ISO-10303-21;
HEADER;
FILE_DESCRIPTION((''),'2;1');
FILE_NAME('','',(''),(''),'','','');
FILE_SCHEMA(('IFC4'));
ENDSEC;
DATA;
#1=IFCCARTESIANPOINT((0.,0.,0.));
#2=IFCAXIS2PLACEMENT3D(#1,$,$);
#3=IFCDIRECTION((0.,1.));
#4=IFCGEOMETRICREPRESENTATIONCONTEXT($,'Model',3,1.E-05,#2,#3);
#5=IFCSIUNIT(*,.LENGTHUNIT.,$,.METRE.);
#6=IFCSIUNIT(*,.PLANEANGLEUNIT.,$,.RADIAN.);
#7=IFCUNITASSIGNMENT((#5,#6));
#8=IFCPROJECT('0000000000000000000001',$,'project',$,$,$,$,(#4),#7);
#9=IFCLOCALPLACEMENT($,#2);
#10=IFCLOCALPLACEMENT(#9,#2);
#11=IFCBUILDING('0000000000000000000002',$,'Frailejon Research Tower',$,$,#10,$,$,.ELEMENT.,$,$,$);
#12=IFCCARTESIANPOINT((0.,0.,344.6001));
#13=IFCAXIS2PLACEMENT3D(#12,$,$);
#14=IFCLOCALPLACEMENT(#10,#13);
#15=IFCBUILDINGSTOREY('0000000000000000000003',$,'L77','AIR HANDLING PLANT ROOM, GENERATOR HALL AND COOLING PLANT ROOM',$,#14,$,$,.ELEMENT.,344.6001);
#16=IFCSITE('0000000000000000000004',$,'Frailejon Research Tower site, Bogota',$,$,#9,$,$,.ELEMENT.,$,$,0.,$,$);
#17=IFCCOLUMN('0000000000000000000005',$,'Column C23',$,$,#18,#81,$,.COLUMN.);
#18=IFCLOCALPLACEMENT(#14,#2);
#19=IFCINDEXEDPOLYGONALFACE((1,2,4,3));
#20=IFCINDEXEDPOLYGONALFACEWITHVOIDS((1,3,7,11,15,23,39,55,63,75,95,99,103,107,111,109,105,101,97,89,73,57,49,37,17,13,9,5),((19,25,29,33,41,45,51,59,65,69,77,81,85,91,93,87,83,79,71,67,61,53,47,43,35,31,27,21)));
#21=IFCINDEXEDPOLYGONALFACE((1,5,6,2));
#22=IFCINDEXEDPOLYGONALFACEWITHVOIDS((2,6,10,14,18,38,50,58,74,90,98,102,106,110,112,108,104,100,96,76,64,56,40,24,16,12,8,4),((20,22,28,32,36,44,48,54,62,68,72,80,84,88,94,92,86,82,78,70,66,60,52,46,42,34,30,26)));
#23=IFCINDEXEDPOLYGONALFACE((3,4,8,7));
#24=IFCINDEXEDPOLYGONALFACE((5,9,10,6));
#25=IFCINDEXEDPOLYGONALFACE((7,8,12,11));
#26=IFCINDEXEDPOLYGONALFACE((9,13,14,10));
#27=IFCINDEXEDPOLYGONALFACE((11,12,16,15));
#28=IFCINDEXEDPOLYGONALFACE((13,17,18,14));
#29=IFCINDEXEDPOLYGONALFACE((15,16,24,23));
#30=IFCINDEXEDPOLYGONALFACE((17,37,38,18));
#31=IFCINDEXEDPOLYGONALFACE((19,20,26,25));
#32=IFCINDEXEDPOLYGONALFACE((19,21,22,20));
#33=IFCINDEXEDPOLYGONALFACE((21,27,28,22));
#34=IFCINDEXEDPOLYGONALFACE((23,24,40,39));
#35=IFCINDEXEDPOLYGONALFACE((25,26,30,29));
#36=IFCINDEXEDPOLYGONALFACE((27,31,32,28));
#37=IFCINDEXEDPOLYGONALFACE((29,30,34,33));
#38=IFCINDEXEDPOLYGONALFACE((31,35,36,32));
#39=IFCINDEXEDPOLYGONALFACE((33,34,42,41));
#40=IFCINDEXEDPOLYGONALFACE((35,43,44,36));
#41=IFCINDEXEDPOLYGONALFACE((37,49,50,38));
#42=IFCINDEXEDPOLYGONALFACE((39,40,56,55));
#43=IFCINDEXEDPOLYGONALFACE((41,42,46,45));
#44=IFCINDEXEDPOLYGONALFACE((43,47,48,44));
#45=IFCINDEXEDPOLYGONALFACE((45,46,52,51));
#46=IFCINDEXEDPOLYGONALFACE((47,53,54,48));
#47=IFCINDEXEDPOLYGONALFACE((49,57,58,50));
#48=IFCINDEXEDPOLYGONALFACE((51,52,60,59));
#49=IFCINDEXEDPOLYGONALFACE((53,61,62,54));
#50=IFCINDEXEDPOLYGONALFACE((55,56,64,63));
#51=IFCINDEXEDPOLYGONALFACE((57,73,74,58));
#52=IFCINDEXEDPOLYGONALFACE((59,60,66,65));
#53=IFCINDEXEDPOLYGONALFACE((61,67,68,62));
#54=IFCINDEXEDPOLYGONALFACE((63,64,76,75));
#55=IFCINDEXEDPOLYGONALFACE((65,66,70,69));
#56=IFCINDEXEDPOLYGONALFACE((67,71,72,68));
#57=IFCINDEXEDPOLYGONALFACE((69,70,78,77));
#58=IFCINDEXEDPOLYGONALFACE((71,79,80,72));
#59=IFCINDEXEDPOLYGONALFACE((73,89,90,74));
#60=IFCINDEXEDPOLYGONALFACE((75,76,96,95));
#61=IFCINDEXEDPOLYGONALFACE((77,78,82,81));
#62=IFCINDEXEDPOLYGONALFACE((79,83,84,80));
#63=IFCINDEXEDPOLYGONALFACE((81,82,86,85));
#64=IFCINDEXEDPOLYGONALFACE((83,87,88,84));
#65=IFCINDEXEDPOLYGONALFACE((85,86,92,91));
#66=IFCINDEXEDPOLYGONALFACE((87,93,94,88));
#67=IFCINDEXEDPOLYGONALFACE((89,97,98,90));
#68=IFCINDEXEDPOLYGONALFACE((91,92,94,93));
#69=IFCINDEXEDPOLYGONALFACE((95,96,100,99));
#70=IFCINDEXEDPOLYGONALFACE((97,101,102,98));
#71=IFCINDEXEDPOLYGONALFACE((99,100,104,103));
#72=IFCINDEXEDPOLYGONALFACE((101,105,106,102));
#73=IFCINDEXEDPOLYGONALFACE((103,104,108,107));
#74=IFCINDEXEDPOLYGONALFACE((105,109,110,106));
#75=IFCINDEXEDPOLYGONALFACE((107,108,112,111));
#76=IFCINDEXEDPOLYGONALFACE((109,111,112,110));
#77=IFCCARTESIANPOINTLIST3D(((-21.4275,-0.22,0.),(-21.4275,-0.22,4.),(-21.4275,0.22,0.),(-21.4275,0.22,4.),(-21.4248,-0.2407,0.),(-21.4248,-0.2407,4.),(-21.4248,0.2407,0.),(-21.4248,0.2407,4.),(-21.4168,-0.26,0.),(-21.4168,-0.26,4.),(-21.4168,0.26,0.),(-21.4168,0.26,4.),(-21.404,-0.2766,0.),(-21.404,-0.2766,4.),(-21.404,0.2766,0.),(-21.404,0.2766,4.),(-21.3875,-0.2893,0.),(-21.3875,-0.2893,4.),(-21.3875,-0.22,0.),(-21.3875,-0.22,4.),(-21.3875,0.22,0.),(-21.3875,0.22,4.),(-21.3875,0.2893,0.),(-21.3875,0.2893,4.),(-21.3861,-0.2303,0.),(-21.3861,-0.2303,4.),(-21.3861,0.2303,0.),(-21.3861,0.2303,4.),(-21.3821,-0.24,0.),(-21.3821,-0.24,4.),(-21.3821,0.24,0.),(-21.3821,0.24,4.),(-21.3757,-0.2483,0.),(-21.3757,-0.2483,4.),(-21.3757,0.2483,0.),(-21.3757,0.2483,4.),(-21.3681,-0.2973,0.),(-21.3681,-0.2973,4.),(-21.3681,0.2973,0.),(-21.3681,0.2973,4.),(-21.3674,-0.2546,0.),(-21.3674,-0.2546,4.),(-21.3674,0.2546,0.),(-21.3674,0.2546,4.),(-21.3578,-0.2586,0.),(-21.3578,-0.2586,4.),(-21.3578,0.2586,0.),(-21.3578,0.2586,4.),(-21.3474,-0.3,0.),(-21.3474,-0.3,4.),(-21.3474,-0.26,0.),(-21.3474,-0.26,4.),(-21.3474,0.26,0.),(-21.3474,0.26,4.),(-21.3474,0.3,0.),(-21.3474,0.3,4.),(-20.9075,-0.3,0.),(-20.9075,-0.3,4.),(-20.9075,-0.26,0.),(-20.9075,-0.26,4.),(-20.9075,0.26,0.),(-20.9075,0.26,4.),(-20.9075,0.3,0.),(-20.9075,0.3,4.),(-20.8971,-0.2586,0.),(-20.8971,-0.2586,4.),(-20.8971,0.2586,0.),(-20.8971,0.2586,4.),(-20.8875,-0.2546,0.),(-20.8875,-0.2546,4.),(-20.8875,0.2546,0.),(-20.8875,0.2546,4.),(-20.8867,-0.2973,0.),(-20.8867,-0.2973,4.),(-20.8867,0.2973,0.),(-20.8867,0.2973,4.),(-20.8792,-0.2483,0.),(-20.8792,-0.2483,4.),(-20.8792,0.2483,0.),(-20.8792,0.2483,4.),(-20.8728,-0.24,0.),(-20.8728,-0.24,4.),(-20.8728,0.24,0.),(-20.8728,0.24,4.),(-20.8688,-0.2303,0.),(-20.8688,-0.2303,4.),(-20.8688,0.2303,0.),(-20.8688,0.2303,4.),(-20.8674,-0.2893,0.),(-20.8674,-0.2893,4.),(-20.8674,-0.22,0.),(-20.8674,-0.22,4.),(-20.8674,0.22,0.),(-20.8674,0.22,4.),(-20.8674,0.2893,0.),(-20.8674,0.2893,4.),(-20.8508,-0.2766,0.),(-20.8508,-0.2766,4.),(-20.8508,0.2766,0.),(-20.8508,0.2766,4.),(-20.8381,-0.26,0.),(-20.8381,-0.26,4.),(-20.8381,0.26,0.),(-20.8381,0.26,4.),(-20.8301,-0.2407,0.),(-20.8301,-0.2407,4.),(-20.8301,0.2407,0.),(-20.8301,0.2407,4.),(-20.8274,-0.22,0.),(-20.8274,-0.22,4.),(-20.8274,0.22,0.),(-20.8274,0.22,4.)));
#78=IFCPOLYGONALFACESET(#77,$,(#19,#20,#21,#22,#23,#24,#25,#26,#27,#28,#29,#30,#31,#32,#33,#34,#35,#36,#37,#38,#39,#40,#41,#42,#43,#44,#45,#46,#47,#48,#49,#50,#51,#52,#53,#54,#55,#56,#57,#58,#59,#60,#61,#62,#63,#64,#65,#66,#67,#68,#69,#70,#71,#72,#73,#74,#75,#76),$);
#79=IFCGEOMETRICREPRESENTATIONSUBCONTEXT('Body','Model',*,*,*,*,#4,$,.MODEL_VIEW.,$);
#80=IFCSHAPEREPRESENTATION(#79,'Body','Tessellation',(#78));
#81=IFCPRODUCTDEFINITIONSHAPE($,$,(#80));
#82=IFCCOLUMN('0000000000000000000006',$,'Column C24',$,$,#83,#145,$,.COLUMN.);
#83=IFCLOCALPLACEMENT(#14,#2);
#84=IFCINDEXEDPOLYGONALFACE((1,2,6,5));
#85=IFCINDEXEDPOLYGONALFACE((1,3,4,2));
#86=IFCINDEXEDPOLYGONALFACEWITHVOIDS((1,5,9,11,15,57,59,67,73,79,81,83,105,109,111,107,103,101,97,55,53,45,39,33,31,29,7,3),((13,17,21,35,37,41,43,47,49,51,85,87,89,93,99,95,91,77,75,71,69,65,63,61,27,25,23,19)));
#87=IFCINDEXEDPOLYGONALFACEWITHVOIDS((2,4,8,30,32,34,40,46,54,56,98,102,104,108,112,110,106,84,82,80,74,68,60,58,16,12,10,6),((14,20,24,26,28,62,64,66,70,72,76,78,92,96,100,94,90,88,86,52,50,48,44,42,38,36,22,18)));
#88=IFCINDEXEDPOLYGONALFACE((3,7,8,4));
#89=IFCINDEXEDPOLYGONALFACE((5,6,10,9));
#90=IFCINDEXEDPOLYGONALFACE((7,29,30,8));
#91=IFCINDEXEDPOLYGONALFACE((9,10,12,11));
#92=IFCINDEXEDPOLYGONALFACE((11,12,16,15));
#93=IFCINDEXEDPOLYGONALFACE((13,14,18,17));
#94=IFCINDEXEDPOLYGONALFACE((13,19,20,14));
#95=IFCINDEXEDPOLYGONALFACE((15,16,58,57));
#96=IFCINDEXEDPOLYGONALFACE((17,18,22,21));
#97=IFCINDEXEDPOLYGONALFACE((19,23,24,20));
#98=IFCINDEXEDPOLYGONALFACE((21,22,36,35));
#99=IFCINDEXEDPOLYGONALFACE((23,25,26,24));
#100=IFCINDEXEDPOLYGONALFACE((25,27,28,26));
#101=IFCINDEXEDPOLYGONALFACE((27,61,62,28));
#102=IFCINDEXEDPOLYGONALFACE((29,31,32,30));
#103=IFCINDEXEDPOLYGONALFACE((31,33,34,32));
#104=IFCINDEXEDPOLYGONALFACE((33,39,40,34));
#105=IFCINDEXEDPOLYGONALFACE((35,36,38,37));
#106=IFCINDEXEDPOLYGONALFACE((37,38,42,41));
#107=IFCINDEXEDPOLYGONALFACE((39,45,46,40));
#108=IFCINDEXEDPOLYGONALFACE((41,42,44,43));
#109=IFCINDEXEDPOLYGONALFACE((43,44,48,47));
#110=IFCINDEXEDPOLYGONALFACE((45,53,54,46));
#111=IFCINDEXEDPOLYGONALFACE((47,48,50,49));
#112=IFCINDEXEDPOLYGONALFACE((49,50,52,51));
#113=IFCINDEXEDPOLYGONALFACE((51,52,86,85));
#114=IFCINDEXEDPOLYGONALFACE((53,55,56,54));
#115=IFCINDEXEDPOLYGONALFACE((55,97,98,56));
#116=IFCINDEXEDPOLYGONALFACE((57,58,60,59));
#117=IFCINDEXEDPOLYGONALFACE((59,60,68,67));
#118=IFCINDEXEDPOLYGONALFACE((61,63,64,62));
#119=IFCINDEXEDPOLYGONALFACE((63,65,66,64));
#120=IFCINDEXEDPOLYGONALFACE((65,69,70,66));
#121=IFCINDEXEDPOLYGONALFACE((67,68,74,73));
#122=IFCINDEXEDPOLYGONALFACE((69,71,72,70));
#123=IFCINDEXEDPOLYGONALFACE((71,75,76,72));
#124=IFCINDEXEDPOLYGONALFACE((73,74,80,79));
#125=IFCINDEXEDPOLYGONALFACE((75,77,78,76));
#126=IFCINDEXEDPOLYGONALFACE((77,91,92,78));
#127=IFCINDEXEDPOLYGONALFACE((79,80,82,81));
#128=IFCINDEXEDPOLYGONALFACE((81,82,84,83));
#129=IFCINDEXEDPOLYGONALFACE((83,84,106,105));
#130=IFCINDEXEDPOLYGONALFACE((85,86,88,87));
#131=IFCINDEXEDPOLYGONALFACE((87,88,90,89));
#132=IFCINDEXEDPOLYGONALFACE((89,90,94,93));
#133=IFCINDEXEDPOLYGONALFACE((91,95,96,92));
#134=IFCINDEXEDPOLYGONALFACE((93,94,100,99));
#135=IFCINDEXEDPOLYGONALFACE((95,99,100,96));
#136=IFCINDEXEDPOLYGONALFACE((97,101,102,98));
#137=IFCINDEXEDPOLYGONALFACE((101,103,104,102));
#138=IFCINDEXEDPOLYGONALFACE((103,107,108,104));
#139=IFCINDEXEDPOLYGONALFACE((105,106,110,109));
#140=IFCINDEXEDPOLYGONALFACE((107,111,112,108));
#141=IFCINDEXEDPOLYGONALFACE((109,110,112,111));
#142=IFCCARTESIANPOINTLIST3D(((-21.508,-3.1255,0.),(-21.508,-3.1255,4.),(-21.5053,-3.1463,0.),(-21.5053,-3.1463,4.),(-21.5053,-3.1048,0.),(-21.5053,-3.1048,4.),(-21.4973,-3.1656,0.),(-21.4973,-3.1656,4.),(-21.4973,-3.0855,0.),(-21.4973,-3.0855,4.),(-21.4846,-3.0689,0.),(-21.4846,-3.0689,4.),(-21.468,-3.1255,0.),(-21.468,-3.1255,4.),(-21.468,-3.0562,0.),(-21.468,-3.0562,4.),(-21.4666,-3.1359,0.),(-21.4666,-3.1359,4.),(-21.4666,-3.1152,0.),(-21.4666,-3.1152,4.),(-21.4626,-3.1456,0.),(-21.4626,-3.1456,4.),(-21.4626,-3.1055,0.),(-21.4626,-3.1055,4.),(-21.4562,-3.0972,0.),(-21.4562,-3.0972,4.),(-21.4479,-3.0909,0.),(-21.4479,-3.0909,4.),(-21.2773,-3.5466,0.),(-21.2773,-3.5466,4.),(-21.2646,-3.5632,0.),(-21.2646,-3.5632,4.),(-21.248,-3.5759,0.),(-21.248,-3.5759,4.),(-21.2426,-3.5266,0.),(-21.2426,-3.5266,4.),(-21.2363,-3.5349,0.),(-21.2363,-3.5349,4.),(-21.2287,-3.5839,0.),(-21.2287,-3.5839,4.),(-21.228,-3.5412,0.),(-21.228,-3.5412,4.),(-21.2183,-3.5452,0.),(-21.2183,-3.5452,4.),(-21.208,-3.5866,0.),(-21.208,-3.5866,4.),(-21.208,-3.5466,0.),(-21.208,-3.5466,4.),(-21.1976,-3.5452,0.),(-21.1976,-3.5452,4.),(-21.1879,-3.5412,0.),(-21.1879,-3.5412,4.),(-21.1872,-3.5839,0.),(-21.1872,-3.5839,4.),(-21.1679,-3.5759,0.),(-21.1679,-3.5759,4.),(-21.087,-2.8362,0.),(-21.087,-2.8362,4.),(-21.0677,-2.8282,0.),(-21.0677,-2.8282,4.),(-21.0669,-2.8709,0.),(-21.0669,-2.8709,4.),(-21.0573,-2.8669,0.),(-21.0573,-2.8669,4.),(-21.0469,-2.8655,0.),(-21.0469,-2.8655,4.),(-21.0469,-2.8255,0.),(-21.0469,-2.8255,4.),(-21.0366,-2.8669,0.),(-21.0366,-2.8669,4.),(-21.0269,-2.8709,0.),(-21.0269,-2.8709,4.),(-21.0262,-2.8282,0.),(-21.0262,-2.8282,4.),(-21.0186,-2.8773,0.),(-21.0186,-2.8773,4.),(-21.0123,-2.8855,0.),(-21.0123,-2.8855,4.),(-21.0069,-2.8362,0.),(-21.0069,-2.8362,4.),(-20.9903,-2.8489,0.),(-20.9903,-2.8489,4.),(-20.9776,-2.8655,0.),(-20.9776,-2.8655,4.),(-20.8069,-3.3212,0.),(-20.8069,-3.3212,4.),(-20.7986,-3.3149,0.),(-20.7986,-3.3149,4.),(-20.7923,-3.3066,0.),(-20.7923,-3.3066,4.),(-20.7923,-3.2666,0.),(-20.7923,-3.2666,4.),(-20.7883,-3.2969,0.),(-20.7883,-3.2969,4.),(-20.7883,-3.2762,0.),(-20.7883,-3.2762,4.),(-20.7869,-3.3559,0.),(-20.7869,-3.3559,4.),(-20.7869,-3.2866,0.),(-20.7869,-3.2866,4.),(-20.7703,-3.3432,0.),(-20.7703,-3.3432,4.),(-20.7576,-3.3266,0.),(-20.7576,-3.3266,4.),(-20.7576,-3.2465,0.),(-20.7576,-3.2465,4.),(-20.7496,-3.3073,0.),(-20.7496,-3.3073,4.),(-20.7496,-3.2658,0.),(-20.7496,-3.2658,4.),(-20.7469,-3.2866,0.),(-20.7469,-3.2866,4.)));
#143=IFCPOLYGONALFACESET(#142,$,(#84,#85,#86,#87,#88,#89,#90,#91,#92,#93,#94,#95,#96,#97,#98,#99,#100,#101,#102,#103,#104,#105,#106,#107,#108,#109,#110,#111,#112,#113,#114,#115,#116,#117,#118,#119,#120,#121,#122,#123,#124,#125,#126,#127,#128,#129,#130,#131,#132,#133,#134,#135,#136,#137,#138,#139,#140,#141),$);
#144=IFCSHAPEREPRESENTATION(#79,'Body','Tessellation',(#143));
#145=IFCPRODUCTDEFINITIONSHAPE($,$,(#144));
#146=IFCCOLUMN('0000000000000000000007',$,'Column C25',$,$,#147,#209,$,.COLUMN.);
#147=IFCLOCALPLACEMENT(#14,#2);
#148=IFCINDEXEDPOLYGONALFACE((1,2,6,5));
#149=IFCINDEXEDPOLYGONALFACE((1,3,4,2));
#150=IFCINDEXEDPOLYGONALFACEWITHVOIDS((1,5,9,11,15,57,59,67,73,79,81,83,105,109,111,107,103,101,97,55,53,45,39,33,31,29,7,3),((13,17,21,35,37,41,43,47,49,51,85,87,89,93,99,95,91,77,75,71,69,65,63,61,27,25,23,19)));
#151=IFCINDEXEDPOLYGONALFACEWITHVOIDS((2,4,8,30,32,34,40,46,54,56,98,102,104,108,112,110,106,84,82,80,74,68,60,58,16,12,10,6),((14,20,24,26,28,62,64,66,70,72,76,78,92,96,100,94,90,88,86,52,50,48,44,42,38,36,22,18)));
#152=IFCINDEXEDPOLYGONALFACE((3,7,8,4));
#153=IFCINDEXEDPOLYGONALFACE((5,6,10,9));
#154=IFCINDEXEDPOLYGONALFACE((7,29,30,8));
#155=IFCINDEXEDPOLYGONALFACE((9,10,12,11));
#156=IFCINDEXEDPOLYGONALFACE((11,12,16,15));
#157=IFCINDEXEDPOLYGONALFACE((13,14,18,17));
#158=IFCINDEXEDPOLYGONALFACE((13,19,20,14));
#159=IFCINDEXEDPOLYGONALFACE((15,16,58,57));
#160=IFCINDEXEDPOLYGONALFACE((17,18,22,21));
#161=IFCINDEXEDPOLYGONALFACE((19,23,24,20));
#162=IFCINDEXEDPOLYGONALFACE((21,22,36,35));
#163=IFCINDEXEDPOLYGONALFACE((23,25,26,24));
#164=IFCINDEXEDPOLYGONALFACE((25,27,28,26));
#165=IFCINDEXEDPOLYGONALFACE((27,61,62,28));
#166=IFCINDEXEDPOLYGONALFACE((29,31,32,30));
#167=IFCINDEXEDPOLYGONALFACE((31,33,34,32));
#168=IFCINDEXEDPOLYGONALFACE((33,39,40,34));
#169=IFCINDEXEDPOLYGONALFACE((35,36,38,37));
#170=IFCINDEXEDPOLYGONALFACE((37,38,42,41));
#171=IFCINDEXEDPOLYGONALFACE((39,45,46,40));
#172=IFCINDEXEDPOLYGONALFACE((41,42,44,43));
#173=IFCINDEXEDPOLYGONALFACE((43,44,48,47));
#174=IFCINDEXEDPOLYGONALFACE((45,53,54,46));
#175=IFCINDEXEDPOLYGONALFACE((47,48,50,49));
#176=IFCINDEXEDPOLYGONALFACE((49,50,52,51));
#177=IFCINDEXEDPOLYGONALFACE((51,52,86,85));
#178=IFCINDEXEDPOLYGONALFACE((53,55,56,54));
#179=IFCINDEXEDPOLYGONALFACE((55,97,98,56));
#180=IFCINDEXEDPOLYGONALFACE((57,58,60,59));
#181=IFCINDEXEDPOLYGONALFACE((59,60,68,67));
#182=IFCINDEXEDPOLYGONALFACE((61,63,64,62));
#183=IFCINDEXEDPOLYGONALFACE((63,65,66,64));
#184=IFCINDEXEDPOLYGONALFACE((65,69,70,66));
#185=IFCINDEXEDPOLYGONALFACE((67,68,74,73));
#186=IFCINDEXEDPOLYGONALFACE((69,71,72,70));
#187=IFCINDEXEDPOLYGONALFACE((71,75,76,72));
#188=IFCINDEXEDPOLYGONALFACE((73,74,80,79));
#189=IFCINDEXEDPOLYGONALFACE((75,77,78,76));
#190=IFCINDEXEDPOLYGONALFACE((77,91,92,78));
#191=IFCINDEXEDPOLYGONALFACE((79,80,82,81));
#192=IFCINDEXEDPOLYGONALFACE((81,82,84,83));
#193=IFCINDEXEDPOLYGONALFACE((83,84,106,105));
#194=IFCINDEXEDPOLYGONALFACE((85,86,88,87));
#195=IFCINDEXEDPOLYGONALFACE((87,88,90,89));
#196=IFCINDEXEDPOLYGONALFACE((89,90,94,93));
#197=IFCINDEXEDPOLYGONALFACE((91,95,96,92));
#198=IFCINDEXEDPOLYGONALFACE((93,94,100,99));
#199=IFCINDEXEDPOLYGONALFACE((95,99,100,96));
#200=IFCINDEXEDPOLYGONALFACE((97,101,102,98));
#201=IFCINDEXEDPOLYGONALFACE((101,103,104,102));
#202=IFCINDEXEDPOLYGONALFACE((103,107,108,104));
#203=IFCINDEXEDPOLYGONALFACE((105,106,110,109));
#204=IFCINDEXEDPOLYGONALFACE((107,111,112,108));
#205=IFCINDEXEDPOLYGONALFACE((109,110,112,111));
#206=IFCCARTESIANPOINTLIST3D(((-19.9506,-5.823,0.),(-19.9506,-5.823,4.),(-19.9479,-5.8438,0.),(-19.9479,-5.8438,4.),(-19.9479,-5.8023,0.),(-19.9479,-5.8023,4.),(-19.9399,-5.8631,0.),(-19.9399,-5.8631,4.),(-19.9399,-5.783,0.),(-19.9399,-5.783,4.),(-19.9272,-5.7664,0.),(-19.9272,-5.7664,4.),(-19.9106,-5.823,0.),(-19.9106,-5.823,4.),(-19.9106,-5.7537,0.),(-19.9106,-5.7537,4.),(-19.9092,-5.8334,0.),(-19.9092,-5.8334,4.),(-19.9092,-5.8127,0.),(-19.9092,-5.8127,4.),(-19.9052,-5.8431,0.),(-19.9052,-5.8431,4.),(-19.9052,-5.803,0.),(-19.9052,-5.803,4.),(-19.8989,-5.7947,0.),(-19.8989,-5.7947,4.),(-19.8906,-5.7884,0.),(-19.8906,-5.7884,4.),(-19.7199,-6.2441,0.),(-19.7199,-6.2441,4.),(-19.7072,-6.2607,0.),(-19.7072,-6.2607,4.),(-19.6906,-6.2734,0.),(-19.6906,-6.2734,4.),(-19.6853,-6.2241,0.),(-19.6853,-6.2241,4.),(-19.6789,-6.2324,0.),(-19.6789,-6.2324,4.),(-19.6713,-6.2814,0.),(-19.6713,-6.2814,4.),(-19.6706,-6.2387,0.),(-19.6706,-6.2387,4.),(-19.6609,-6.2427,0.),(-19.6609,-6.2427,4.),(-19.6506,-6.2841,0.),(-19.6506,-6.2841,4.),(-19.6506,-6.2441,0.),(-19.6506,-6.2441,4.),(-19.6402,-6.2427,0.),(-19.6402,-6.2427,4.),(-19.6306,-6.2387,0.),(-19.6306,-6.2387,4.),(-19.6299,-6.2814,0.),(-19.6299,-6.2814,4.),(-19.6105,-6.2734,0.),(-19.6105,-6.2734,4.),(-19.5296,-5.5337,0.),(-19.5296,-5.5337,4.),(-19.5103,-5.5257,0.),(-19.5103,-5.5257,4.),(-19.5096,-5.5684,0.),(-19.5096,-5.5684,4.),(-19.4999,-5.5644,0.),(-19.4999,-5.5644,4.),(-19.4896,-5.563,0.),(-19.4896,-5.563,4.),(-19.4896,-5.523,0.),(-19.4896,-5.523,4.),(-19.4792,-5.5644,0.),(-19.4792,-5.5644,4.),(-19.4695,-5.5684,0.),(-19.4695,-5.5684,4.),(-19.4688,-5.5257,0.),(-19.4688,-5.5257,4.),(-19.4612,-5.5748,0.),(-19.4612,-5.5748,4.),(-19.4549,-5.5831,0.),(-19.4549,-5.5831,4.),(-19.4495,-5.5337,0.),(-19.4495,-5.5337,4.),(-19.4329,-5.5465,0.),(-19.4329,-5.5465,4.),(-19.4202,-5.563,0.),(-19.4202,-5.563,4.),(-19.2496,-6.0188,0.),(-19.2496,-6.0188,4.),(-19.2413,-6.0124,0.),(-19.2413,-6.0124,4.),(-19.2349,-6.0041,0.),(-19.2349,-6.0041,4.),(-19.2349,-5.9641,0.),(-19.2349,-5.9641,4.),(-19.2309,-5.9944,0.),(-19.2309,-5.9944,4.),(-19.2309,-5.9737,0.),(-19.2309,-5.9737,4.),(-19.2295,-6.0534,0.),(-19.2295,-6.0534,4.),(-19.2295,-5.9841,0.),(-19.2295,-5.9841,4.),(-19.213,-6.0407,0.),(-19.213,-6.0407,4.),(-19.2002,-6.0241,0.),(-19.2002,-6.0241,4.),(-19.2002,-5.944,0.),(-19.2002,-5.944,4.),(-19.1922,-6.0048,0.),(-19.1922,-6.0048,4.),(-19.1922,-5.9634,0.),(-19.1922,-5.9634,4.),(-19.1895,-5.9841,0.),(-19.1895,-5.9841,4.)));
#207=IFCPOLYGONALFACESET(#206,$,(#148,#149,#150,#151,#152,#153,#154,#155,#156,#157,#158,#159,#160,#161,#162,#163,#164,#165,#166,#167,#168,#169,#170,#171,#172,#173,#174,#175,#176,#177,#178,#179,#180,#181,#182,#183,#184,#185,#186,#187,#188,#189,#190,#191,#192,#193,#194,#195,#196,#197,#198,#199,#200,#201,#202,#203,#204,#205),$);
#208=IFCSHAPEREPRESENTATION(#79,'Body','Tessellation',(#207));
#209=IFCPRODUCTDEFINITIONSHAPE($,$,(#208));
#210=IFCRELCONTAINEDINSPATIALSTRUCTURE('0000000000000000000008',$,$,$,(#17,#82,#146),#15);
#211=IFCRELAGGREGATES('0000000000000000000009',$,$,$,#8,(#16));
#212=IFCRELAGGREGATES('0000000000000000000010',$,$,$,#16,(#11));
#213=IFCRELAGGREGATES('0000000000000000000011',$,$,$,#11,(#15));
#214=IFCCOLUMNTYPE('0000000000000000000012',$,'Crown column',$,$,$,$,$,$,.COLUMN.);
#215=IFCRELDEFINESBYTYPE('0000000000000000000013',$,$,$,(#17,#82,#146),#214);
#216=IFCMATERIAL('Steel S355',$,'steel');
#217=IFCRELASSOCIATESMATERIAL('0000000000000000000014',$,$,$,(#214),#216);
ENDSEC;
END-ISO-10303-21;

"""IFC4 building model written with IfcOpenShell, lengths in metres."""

from ifc_helpers import new_model, si_unit, direction, frame, origin, origin_2d, place, context, subcontext, project, spatial, hollow_rectangle, extrude, material, material_profile, profile_set, type_object, element, save


model = new_model("IFC4")

# Units and contexts
model_context = context("Model", 3, precision=1e-05, world=origin(), true_north=direction((0.0, 1.0)))
body_context = subcontext(model_context, "Body", "Model", "MODEL_VIEW")
ifc_project = project(units=[si_unit("LENGTHUNIT", "METRE"), si_unit("PLANEANGLEUNIT", "RADIAN")], contexts=[model_context])

# Site, building, storey
site_placement = place(None, origin())
site = spatial("IfcSite", under=ifc_project, at=site_placement, Name="Frailejon Research Tower site, Bogota", CompositionType="ELEMENT", RefElevation=0.0)
building_placement = place(site_placement, origin())
building = spatial("IfcBuilding", under=site, at=building_placement, Name="Frailejon Research Tower", CompositionType="ELEMENT")
storey_placement = place(building_placement, frame((0.0, 0.0, 344.6001)))
storey = spatial("IfcBuildingStorey", under=building, at=storey_placement, Name="L77", Description="AIR HANDLING PLANT ROOM, GENERATOR HALL AND COOLING PLANT ROOM", CompositionType="ELEMENT", Elevation=344.6001)

# Columns
ifc_material_1 = material(Name="Steel S355", Category="steel")
ifc_material_profile_1 = material_profile(ifc_material_1, hollow_rectangle(XDim=0.6001, YDim=0.6001, WallThickness=0.04, InnerFilletRadius=0.04, OuterFilletRadius=0.0801, at=origin_2d()), Name="Crown column")
ifc_profile_set_1 = profile_set([ifc_material_profile_1], Name="Steel S355")
column_type = type_object("IfcColumnType", Name="Crown column", PredefinedType="COLUMN", material=ifc_profile_set_1)
for number, where, z_axis, x_axis, name in (
    (1, (-21.1274, 0.0, 0.0), (0.0, 0.0, 1.0), (0.0, -1.0, 0.0), "Column C23"),
    (2, (-21.1274, -3.2061, 0.0), (0.0, 0.0, 1.0), (0.5, -0.866025, 0.0), "Column C24"),
    (3, (-19.5701, -5.9036, 0.0), (0.0, 0.0, 1.0), (0.5, -0.866025, 0.0), "Column C25"),
):
    element("IfcColumn", number, at=place(storey_placement, frame(where, z_axis=z_axis, x_axis=x_axis)), inside=storey, type_object=column_type, Name=name, PredefinedType="COLUMN", context=body_context, shape_type="SweptSolid", body=[
        extrude(hollow_rectangle(XDim=0.6001, YDim=0.6001, WallThickness=0.04, InnerFilletRadius=0.04, OuterFilletRadius=0.0801, at=origin_2d()), origin(), (0.0, 0.0, 1.0), 4.0),
    ])

save(model, "model.ifc")
